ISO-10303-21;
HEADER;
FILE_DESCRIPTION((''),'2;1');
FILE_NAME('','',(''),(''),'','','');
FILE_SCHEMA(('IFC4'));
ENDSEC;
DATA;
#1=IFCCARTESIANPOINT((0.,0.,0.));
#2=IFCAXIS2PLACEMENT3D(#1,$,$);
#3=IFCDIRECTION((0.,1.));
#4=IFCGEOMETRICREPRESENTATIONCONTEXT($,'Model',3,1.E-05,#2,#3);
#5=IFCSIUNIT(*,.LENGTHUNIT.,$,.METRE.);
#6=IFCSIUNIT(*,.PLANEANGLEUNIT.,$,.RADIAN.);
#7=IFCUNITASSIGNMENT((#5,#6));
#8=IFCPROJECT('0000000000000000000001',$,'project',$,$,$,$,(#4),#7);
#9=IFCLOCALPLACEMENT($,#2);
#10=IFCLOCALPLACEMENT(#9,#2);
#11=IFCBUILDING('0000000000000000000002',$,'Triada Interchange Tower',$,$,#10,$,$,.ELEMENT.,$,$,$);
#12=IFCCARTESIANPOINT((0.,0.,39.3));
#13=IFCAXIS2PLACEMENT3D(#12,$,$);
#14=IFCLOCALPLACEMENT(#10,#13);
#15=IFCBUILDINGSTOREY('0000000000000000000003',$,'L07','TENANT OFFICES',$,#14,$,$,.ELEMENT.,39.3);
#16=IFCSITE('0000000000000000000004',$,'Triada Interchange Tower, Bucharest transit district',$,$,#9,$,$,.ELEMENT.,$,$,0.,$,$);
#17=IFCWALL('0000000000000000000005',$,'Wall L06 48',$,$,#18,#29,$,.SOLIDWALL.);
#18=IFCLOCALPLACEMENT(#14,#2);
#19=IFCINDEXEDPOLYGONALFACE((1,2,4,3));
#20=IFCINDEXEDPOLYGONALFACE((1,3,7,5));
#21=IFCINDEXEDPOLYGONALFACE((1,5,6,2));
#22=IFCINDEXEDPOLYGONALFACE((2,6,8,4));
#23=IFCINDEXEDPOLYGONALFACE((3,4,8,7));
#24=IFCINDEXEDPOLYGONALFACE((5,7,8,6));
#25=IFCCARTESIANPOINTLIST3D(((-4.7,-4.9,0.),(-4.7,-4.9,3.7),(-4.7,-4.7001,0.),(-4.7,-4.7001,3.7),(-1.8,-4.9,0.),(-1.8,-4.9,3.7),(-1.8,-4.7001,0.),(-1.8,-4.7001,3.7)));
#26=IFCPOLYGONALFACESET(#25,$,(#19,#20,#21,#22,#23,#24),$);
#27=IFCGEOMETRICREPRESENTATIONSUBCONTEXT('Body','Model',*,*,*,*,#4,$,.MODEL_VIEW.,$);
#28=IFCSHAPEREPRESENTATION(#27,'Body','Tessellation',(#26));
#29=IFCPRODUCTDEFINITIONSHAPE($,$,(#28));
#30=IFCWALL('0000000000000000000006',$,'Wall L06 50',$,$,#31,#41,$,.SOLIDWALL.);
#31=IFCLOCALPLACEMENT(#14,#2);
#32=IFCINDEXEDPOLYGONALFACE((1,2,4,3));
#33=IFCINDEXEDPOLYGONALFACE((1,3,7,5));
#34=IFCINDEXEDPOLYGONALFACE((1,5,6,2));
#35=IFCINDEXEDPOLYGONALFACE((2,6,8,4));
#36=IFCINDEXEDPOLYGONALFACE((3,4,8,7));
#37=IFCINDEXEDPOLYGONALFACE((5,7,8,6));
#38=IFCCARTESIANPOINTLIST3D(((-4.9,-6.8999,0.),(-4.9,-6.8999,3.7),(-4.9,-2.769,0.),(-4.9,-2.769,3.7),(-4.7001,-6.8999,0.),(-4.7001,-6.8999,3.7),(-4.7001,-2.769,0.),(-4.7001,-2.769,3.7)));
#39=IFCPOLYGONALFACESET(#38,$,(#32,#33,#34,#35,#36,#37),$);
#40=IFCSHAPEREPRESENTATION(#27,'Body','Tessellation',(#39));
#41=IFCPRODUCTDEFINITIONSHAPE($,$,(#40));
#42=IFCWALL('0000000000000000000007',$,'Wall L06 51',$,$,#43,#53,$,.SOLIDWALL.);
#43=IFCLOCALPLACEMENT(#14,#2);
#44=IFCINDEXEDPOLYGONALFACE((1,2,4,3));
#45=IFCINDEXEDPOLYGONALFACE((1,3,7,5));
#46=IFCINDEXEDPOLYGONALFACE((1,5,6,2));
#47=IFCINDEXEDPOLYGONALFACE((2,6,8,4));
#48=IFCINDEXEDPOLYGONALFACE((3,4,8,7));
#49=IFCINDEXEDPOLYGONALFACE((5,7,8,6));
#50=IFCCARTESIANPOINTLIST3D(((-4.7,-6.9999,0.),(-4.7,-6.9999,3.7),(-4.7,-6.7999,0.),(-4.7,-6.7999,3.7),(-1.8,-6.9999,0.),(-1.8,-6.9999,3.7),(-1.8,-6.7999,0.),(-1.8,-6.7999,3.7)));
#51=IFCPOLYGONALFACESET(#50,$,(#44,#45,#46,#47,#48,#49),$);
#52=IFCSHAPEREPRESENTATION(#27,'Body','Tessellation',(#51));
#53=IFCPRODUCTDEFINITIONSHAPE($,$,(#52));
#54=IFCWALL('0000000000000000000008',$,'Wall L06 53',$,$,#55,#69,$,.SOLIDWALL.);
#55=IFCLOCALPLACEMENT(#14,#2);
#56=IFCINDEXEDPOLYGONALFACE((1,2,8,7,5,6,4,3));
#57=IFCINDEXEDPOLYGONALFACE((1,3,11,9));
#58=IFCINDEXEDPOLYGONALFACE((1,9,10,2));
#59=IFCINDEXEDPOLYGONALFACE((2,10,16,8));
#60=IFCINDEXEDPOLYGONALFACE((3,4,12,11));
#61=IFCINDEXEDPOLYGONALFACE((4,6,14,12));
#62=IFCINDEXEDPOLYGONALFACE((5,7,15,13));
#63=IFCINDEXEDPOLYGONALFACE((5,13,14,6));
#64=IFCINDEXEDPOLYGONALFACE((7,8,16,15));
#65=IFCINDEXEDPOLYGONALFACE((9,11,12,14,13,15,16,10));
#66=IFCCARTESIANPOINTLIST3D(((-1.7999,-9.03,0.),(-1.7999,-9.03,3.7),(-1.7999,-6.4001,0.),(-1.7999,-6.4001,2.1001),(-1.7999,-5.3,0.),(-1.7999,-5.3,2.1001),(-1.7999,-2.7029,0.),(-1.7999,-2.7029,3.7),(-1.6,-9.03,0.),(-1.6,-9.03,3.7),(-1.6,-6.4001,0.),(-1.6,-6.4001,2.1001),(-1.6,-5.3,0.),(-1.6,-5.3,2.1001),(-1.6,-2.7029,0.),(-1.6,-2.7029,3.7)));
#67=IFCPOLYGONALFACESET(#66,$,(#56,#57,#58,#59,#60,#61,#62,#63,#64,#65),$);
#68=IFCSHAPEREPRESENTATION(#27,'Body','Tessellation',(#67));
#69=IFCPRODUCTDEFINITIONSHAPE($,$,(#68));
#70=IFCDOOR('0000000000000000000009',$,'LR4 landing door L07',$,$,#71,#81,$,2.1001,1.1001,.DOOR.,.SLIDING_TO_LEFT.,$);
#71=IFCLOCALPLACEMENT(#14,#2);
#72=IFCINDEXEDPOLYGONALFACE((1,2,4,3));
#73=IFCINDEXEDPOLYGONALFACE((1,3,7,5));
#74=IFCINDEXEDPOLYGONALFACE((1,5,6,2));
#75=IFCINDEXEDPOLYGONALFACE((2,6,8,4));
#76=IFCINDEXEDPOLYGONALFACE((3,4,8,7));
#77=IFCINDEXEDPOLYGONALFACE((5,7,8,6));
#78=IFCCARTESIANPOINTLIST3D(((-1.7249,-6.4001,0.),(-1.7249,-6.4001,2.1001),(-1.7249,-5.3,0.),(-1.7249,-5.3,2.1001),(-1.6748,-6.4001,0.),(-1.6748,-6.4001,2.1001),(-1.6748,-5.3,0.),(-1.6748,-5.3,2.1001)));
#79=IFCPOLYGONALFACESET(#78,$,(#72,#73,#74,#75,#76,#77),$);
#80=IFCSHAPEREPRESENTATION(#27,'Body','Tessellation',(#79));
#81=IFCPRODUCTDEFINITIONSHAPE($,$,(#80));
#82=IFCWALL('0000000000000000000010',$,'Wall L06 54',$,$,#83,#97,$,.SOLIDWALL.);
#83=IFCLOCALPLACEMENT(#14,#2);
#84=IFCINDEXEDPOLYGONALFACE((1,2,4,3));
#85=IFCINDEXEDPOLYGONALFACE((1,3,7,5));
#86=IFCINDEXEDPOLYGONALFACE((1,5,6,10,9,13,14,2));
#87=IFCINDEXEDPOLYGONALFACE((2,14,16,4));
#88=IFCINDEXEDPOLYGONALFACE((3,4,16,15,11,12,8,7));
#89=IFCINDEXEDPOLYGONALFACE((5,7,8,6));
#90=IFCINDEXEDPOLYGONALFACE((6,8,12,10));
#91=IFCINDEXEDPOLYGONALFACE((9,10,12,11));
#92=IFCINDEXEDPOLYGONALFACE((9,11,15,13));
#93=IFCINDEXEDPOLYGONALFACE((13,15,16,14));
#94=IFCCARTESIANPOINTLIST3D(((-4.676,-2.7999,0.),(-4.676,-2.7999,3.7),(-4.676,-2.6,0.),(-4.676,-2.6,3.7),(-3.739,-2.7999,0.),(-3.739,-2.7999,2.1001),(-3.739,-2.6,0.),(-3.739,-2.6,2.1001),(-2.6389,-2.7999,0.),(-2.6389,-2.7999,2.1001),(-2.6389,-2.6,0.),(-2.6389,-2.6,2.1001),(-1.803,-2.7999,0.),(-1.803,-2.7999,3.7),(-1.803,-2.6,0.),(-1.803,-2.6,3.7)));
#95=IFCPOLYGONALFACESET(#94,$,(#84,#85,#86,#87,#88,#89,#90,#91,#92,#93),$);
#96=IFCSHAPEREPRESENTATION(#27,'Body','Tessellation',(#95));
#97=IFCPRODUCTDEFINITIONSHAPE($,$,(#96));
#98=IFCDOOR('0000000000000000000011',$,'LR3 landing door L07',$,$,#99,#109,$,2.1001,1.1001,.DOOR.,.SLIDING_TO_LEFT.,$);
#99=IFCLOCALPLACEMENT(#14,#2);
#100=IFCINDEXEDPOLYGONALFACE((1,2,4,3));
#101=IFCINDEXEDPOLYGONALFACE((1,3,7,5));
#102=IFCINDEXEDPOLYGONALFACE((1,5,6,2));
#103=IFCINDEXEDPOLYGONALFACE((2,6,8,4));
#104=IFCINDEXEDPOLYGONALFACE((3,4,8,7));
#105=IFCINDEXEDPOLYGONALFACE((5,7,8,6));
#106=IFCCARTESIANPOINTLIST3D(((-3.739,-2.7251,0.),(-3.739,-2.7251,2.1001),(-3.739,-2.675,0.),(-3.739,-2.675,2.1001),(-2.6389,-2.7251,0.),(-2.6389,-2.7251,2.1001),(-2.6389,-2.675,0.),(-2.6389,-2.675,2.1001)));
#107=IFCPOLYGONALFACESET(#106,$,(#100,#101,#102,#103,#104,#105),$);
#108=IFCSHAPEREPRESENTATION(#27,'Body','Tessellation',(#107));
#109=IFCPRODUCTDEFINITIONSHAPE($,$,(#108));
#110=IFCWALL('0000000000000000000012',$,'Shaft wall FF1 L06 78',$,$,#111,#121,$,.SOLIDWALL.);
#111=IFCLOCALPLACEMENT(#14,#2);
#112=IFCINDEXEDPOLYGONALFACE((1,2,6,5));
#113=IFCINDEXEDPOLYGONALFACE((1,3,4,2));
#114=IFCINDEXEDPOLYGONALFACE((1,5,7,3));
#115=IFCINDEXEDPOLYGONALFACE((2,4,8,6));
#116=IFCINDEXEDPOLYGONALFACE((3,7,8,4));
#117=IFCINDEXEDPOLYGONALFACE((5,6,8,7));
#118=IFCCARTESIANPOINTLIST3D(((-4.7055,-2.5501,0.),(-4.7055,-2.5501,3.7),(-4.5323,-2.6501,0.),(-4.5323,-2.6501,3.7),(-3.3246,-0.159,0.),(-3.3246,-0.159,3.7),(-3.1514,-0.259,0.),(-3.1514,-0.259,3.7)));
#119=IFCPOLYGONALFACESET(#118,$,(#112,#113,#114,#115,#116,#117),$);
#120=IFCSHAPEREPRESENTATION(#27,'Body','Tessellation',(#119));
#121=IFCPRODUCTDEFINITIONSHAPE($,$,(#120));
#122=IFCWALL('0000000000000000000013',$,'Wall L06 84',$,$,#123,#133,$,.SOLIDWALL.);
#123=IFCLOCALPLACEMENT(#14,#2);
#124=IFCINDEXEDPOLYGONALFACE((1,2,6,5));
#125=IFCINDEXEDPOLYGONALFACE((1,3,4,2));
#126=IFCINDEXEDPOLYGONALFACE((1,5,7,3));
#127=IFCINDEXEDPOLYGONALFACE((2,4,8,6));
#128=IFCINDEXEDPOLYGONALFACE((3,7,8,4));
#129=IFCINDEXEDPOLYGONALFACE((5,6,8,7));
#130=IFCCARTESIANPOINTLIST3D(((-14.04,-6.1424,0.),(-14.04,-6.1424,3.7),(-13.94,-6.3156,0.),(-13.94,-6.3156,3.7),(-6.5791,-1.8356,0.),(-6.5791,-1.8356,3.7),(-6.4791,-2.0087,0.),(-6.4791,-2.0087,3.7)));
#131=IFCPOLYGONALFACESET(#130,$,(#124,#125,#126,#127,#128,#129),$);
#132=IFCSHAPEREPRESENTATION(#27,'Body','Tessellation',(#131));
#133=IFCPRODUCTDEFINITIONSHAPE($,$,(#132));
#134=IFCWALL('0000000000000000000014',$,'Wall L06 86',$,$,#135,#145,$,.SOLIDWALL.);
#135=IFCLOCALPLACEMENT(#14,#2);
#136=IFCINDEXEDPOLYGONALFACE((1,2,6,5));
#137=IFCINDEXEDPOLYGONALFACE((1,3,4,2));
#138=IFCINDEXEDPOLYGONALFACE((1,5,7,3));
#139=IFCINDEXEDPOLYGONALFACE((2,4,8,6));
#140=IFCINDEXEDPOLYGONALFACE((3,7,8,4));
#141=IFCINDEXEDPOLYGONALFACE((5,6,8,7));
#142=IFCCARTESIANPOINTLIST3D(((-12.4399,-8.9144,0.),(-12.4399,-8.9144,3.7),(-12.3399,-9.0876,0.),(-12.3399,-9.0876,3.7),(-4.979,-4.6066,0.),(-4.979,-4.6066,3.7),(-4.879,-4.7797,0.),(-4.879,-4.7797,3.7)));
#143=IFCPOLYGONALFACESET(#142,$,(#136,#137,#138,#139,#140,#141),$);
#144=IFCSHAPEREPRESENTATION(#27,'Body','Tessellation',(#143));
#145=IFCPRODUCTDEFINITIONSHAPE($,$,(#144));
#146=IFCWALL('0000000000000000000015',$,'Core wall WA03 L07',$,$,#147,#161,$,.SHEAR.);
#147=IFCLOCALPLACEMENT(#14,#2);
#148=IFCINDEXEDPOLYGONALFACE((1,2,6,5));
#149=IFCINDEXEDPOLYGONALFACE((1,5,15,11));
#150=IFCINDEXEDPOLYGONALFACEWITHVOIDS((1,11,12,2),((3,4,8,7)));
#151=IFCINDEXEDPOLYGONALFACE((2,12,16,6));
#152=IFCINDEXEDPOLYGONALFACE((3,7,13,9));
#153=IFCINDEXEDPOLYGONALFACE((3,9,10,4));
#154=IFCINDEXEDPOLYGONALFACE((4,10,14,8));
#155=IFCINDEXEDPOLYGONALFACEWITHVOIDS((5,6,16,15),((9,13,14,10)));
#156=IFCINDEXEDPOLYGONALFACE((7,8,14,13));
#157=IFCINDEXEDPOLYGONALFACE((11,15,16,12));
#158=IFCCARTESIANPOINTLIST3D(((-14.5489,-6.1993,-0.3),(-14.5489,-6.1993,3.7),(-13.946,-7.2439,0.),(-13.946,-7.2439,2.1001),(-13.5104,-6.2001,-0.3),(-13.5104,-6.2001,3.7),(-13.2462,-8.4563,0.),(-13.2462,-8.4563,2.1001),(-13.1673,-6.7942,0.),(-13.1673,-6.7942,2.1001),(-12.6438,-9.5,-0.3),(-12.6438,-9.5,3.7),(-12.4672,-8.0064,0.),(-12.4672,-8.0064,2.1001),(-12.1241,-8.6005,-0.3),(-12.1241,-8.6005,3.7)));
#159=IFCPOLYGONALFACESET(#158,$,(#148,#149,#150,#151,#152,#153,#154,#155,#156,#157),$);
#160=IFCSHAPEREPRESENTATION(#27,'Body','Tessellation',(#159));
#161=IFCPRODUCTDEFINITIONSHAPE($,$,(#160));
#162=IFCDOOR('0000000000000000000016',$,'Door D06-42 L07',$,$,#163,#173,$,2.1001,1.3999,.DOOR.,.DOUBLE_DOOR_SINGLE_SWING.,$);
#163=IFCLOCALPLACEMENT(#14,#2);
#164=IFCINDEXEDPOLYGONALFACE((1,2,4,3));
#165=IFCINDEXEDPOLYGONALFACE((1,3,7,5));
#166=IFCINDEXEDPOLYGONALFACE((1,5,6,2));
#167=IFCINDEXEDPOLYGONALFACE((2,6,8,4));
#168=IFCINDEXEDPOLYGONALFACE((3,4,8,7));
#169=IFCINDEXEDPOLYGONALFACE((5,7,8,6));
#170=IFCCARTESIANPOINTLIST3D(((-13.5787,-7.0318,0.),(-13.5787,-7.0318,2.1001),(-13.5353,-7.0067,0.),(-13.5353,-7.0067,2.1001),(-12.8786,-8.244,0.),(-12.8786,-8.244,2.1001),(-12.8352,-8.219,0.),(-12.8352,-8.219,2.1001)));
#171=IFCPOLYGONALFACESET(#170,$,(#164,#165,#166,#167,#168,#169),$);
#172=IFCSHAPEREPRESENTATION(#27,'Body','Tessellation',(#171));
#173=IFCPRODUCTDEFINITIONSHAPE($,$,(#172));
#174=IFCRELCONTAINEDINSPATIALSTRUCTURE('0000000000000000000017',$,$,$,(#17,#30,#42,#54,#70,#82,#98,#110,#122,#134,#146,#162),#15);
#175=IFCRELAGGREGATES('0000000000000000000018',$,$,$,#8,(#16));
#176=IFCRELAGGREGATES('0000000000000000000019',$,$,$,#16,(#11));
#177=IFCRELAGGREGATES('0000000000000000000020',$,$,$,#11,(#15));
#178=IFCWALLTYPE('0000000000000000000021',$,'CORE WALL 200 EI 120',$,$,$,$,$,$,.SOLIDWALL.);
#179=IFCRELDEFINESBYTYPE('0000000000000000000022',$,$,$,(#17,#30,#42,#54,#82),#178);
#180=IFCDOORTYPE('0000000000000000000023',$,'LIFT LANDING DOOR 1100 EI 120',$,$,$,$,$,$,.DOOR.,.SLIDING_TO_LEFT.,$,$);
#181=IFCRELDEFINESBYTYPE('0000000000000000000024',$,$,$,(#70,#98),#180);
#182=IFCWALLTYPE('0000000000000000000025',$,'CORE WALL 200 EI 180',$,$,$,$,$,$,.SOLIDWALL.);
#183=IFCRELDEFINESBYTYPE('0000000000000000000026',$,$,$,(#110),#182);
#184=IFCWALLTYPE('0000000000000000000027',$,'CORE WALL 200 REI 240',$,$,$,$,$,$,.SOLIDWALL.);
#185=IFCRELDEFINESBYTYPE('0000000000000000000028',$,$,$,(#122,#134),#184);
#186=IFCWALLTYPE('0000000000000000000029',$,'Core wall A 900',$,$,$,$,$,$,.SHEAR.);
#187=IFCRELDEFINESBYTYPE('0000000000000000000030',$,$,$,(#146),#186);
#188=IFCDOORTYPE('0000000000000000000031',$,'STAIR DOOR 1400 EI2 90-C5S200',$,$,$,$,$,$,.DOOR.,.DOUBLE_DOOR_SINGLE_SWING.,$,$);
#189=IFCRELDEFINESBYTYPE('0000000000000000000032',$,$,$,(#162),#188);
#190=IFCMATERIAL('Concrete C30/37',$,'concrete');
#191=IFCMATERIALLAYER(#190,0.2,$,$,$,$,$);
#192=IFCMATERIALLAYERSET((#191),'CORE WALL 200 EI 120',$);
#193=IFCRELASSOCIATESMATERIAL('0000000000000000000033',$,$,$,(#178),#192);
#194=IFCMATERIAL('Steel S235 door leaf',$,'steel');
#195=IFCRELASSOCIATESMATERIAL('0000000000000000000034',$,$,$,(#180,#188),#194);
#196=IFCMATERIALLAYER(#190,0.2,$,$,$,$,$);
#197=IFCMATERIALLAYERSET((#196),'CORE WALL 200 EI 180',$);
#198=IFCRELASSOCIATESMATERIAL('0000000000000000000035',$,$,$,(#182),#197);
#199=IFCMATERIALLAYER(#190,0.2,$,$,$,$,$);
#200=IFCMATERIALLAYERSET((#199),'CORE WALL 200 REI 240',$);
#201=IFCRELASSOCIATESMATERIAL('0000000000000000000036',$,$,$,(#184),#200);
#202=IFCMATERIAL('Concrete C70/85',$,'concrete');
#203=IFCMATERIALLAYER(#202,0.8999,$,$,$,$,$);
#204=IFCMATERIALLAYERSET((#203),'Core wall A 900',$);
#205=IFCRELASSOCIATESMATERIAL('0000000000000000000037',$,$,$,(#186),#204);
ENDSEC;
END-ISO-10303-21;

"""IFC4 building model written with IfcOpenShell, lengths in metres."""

from ifc_helpers import new_model, si_unit, direction, frame, frame_2d, origin, place, context, subcontext, project, spatial, polyline, rectangle, outline, extrude, material, layer, layer_set, type_object, element, fill, save


model = new_model("IFC4")

# Units and contexts
model_context = context("Model", 3, precision=1e-05, world=origin(), true_north=direction((0.0, 1.0)))
body_context = subcontext(model_context, "Body", "Model", "MODEL_VIEW")
ifc_project = project(units=[si_unit("LENGTHUNIT", "METRE"), si_unit("PLANEANGLEUNIT", "RADIAN")], contexts=[model_context])

# Site, building, storey
site_placement = place(None, origin())
site = spatial("IfcSite", under=ifc_project, at=site_placement, Name="Triada Interchange Tower, Bucharest transit district", CompositionType="ELEMENT", RefElevation=0.0)
building_placement = place(site_placement, origin())
building = spatial("IfcBuilding", under=site, at=building_placement, Name="Triada Interchange Tower", CompositionType="ELEMENT")
storey_placement = place(building_placement, frame((0.0, 0.0, 39.3)))
storey = spatial("IfcBuildingStorey", under=building, at=storey_placement, Name="L07", Description="TENANT OFFICES", CompositionType="ELEMENT", Elevation=39.3)

# Walls
ifc_material_1 = material(Name="Concrete C30/37", Category="concrete")
ifc_layer_1 = layer(ifc_material_1, 0.2)
ifc_layer_set_1 = layer_set([ifc_layer_1], Name="CORE WALL 200 EI 120")
wall_type_1 = type_object("IfcWallType", Name="CORE WALL 200 EI 120", PredefinedType="SOLIDWALL", material=ifc_layer_set_1)
wall_1_placement = place(storey_placement, frame((-4.7, -4.8, 0.0), z_axis=(0.0, 0.0, 1.0), x_axis=(1.0, 0.0, 0.0)))
element("IfcWall", 1, at=wall_1_placement, inside=storey, type_object=wall_type_1, Name="Wall L06 48", PredefinedType="SOLIDWALL", context=body_context, shape_type="SweptSolid", body=[
    extrude(rectangle(XDim=2.8999, YDim=0.2, at=frame_2d((1.45, 0.0))), origin(), (0.0, 0.0, 1.0), 3.7),
])
wall_2_placement = place(storey_placement, frame((-4.8, -6.8999, 0.0), z_axis=(0.0, 0.0, 1.0), x_axis=(0.0, 1.0, 0.0)))
element("IfcWall", 2, at=wall_2_placement, inside=storey, type_object=wall_type_1, Name="Wall L06 50", PredefinedType="SOLIDWALL", context=body_context, shape_type="SweptSolid", body=[
    extrude(rectangle(XDim=4.1309, YDim=0.2, at=frame_2d((2.0654, 0.0))), origin(), (0.0, 0.0, 1.0), 3.7),
])
wall_3_placement = place(storey_placement, frame((-4.7, -6.8999, 0.0), z_axis=(0.0, 0.0, 1.0), x_axis=(1.0, 0.0, 0.0)))
element("IfcWall", 3, at=wall_3_placement, inside=storey, type_object=wall_type_1, Name="Wall L06 51", PredefinedType="SOLIDWALL", context=body_context, shape_type="SweptSolid", body=[
    extrude(rectangle(XDim=2.8999, YDim=0.2, at=frame_2d((1.45, 0.0))), origin(), (0.0, 0.0, 1.0), 3.7),
])

# Walls, openings, doors
wall_4_placement = place(storey_placement, frame((-1.7, -9.03, 0.0), z_axis=(0.0, 0.0, 1.0), x_axis=(0.0, 1.0, 0.0)))
wall_4 = element("IfcWall", 4, at=wall_4_placement, inside=storey, type_object=wall_type_1, Name="Wall L06 53", PredefinedType="SOLIDWALL", context=body_context, shape_type="SweptSolid", body=[
    extrude(rectangle(XDim=6.3271, YDim=0.2, at=frame_2d((3.1636, 0.0))), origin(), (0.0, 0.0, 1.0), 3.7),
])
opening_1_placement = place(wall_4_placement, frame((2.6299, 0.0, 0.0)))
opening_1 = element("IfcOpeningElement", 5, at=opening_1_placement, cuts=wall_4, PredefinedType="OPENING", context=body_context, shape_type="SweptSolid", body=[
    extrude(rectangle(XDim=1.1001, YDim=2.1001, at=frame_2d((0.55, 1.05))), frame((0.0, 0.1099, 0.0), z_axis=(0.0, -1.0, 0.0), x_axis=(1.0, 0.0, 0.0)), (0.0, 0.0, 1.0), 0.22),
])
ifc_material_2 = material(Name="Steel S235 door leaf", Category="steel")
door_type_1 = type_object("IfcDoorType", Name="LIFT LANDING DOOR 1100 EI 120", OperationType="SLIDING_TO_LEFT", PredefinedType="DOOR", material=ifc_material_2)
door_1_placement = place(opening_1_placement, origin())
door_1 = element("IfcDoor", 6, at=door_1_placement, inside=storey, type_object=door_type_1, Name="LR4 landing door L07", OperationType="SLIDING_TO_LEFT", OverallHeight=2.1001, OverallWidth=1.1001, PredefinedType="DOOR", context=body_context, shape_type="SweptSolid", body=[
    extrude(rectangle(XDim=1.1001, YDim=2.1001, at=frame_2d((0.55, 1.05))), frame((0.0, 0.0249, 0.0), z_axis=(0.0, -1.0, 0.0), x_axis=(1.0, 0.0, 0.0)), (0.0, 0.0, 1.0), 0.05),
])
fill(opening_1, door_1)
wall_5_placement = place(storey_placement, frame((-4.676, -2.7, 0.0), z_axis=(0.0, 0.0, 1.0), x_axis=(1.0, 0.0, 0.0)))
wall_5 = element("IfcWall", 7, at=wall_5_placement, inside=storey, type_object=wall_type_1, Name="Wall L06 54", PredefinedType="SOLIDWALL", context=body_context, shape_type="SweptSolid", body=[
    extrude(rectangle(XDim=2.873, YDim=0.2, at=frame_2d((1.4365, 0.0))), origin(), (0.0, 0.0, 1.0), 3.7),
])
opening_2_placement = place(wall_5_placement, frame((0.937, 0.0, 0.0)))
opening_2 = element("IfcOpeningElement", 8, at=opening_2_placement, cuts=wall_5, PredefinedType="OPENING", context=body_context, shape_type="SweptSolid", body=[
    extrude(rectangle(XDim=1.1001, YDim=2.1001, at=frame_2d((0.55, 1.05))), frame((0.0, 0.1099, 0.0), z_axis=(0.0, -1.0, 0.0), x_axis=(1.0, 0.0, 0.0)), (0.0, 0.0, 1.0), 0.22),
])
door_2_placement = place(opening_2_placement, origin())
door_2 = element("IfcDoor", 9, at=door_2_placement, inside=storey, type_object=door_type_1, Name="LR3 landing door L07", OperationType="SLIDING_TO_LEFT", OverallHeight=2.1001, OverallWidth=1.1001, PredefinedType="DOOR", context=body_context, shape_type="SweptSolid", body=[
    extrude(rectangle(XDim=1.1001, YDim=2.1001, at=frame_2d((0.55, 1.05))), frame((0.0, 0.0249, 0.0), z_axis=(0.0, -1.0, 0.0), x_axis=(1.0, 0.0, 0.0)), (0.0, 0.0, 1.0), 0.05),
])
fill(opening_2, door_2)

# Walls
ifc_layer_2 = layer(ifc_material_1, 0.2)
ifc_layer_set_2 = layer_set([ifc_layer_2], Name="CORE WALL 200 EI 180")
wall_type_2 = type_object("IfcWallType", Name="CORE WALL 200 EI 180", PredefinedType="SOLIDWALL", material=ifc_layer_set_2)
wall_6_placement = place(storey_placement, frame((-4.6189, -2.6001, 0.0), z_axis=(0.0, 0.0, 1.0), x_axis=(0.500095, 0.865971, 0.0)))
element("IfcWall", 10, at=wall_6_placement, inside=storey, type_object=wall_type_2, Name="Shaft wall FF1 L06 78", PredefinedType="SOLIDWALL", context=body_context, shape_type="SweptSolid", body=[
    extrude(rectangle(XDim=2.7612, YDim=0.2, at=frame_2d((1.3806, 0.0))), origin(), (0.0, 0.0, 1.0), 3.7),
])
ifc_layer_3 = layer(ifc_material_1, 0.2)
ifc_layer_set_3 = layer_set([ifc_layer_3], Name="CORE WALL 200 REI 240")
wall_type_3 = type_object("IfcWallType", Name="CORE WALL 200 REI 240", PredefinedType="SOLIDWALL", material=ifc_layer_set_3)
wall_7_placement = place(storey_placement, frame((-13.99, -6.229, 0.0), z_axis=(0.0, 0.0, 1.0), x_axis=(0.86606, 0.49994, 0.0)))
element("IfcWall", 11, at=wall_7_placement, inside=storey, type_object=wall_type_3, Name="Wall L06 84", PredefinedType="SOLIDWALL", context=body_context, shape_type="SweptSolid", body=[
    extrude(rectangle(XDim=8.6147, YDim=0.2, at=frame_2d((4.3074, 0.0))), origin(), (0.0, 0.0, 1.0), 3.7),
])
wall_8_placement = place(storey_placement, frame((-12.3899, -9.001, 0.0), z_axis=(0.0, 0.0, 1.0), x_axis=(0.866011, 0.500025, 0.0)))
element("IfcWall", 12, at=wall_8_placement, inside=storey, type_object=wall_type_3, Name="Wall L06 86", PredefinedType="SOLIDWALL", context=body_context, shape_type="SweptSolid", body=[
    extrude(rectangle(XDim=8.6152, YDim=0.2, at=frame_2d((4.3076, 0.0))), origin(), (0.0, 0.0, 1.0), 3.7),
])

# Wall, opening, door
ifc_material_3 = material(Name="Concrete C70/85", Category="concrete")
ifc_layer_4 = layer(ifc_material_3, 0.8999)
ifc_layer_set_4 = layer_set([ifc_layer_4], Name="Core wall A 900")
wall_type_4 = type_object("IfcWallType", Name="Core wall A 900", PredefinedType="SHEAR", material=ifc_layer_set_4)
wall_9_placement = place(storey_placement, frame((-14.03, -6.2, -0.3), z_axis=(0.0, 0.0, 1.0), x_axis=(0.500112, -0.865961, 0.0)))
wall_9 = element("IfcWall", 13, at=wall_9_placement, inside=storey, type_object=wall_type_4, Name="Core wall WA03 L07", PredefinedType="SHEAR", context=body_context, shape_type="SweptSolid", body=[
    extrude(outline(polyline([(-0.26, -0.449), (1.6455, -0.4495), (3.551, -0.45), (3.032, 0.45), (1.646, 0.45), (0.26, 0.45), (-0.26, -0.449)])), origin(), (0.0, 0.0, 1.0), 4.0),
])
opening_3_placement = place(wall_9_placement, frame((0.946, 0.0, 0.3)))
opening_3 = element("IfcOpeningElement", 14, at=opening_3_placement, cuts=wall_9, PredefinedType="OPENING", context=body_context, shape_type="SweptSolid", body=[
    extrude(rectangle(XDim=1.3999, YDim=2.1001, at=frame_2d((0.7, 1.05))), frame((0.0, 0.46, 0.0), z_axis=(0.0, -1.0, 0.0), x_axis=(1.0, 0.0, 0.0)), (0.0, 0.0, 1.0), 0.9199),
])
door_type_2 = type_object("IfcDoorType", Name="STAIR DOOR 1400 EI2 90-C5S200", OperationType="DOUBLE_DOOR_SINGLE_SWING", PredefinedType="DOOR", material=ifc_material_2)
door_3_placement = place(opening_3_placement, origin())
door_3 = element("IfcDoor", 15, at=door_3_placement, inside=storey, type_object=door_type_2, Name="Door D06-42 L07", OperationType="DOUBLE_DOOR_SINGLE_SWING", OverallHeight=2.1001, OverallWidth=1.3999, PredefinedType="DOOR", context=body_context, shape_type="SweptSolid", body=[
    extrude(rectangle(XDim=1.3999, YDim=2.1001, at=frame_2d((0.7, 1.05))), frame((0.0, 0.0249, 0.0), z_axis=(0.0, -1.0, 0.0), x_axis=(1.0, 0.0, 0.0)), (0.0, 0.0, 1.0), 0.05),
])
fill(opening_3, door_3)

save(model, "model.ifc")
